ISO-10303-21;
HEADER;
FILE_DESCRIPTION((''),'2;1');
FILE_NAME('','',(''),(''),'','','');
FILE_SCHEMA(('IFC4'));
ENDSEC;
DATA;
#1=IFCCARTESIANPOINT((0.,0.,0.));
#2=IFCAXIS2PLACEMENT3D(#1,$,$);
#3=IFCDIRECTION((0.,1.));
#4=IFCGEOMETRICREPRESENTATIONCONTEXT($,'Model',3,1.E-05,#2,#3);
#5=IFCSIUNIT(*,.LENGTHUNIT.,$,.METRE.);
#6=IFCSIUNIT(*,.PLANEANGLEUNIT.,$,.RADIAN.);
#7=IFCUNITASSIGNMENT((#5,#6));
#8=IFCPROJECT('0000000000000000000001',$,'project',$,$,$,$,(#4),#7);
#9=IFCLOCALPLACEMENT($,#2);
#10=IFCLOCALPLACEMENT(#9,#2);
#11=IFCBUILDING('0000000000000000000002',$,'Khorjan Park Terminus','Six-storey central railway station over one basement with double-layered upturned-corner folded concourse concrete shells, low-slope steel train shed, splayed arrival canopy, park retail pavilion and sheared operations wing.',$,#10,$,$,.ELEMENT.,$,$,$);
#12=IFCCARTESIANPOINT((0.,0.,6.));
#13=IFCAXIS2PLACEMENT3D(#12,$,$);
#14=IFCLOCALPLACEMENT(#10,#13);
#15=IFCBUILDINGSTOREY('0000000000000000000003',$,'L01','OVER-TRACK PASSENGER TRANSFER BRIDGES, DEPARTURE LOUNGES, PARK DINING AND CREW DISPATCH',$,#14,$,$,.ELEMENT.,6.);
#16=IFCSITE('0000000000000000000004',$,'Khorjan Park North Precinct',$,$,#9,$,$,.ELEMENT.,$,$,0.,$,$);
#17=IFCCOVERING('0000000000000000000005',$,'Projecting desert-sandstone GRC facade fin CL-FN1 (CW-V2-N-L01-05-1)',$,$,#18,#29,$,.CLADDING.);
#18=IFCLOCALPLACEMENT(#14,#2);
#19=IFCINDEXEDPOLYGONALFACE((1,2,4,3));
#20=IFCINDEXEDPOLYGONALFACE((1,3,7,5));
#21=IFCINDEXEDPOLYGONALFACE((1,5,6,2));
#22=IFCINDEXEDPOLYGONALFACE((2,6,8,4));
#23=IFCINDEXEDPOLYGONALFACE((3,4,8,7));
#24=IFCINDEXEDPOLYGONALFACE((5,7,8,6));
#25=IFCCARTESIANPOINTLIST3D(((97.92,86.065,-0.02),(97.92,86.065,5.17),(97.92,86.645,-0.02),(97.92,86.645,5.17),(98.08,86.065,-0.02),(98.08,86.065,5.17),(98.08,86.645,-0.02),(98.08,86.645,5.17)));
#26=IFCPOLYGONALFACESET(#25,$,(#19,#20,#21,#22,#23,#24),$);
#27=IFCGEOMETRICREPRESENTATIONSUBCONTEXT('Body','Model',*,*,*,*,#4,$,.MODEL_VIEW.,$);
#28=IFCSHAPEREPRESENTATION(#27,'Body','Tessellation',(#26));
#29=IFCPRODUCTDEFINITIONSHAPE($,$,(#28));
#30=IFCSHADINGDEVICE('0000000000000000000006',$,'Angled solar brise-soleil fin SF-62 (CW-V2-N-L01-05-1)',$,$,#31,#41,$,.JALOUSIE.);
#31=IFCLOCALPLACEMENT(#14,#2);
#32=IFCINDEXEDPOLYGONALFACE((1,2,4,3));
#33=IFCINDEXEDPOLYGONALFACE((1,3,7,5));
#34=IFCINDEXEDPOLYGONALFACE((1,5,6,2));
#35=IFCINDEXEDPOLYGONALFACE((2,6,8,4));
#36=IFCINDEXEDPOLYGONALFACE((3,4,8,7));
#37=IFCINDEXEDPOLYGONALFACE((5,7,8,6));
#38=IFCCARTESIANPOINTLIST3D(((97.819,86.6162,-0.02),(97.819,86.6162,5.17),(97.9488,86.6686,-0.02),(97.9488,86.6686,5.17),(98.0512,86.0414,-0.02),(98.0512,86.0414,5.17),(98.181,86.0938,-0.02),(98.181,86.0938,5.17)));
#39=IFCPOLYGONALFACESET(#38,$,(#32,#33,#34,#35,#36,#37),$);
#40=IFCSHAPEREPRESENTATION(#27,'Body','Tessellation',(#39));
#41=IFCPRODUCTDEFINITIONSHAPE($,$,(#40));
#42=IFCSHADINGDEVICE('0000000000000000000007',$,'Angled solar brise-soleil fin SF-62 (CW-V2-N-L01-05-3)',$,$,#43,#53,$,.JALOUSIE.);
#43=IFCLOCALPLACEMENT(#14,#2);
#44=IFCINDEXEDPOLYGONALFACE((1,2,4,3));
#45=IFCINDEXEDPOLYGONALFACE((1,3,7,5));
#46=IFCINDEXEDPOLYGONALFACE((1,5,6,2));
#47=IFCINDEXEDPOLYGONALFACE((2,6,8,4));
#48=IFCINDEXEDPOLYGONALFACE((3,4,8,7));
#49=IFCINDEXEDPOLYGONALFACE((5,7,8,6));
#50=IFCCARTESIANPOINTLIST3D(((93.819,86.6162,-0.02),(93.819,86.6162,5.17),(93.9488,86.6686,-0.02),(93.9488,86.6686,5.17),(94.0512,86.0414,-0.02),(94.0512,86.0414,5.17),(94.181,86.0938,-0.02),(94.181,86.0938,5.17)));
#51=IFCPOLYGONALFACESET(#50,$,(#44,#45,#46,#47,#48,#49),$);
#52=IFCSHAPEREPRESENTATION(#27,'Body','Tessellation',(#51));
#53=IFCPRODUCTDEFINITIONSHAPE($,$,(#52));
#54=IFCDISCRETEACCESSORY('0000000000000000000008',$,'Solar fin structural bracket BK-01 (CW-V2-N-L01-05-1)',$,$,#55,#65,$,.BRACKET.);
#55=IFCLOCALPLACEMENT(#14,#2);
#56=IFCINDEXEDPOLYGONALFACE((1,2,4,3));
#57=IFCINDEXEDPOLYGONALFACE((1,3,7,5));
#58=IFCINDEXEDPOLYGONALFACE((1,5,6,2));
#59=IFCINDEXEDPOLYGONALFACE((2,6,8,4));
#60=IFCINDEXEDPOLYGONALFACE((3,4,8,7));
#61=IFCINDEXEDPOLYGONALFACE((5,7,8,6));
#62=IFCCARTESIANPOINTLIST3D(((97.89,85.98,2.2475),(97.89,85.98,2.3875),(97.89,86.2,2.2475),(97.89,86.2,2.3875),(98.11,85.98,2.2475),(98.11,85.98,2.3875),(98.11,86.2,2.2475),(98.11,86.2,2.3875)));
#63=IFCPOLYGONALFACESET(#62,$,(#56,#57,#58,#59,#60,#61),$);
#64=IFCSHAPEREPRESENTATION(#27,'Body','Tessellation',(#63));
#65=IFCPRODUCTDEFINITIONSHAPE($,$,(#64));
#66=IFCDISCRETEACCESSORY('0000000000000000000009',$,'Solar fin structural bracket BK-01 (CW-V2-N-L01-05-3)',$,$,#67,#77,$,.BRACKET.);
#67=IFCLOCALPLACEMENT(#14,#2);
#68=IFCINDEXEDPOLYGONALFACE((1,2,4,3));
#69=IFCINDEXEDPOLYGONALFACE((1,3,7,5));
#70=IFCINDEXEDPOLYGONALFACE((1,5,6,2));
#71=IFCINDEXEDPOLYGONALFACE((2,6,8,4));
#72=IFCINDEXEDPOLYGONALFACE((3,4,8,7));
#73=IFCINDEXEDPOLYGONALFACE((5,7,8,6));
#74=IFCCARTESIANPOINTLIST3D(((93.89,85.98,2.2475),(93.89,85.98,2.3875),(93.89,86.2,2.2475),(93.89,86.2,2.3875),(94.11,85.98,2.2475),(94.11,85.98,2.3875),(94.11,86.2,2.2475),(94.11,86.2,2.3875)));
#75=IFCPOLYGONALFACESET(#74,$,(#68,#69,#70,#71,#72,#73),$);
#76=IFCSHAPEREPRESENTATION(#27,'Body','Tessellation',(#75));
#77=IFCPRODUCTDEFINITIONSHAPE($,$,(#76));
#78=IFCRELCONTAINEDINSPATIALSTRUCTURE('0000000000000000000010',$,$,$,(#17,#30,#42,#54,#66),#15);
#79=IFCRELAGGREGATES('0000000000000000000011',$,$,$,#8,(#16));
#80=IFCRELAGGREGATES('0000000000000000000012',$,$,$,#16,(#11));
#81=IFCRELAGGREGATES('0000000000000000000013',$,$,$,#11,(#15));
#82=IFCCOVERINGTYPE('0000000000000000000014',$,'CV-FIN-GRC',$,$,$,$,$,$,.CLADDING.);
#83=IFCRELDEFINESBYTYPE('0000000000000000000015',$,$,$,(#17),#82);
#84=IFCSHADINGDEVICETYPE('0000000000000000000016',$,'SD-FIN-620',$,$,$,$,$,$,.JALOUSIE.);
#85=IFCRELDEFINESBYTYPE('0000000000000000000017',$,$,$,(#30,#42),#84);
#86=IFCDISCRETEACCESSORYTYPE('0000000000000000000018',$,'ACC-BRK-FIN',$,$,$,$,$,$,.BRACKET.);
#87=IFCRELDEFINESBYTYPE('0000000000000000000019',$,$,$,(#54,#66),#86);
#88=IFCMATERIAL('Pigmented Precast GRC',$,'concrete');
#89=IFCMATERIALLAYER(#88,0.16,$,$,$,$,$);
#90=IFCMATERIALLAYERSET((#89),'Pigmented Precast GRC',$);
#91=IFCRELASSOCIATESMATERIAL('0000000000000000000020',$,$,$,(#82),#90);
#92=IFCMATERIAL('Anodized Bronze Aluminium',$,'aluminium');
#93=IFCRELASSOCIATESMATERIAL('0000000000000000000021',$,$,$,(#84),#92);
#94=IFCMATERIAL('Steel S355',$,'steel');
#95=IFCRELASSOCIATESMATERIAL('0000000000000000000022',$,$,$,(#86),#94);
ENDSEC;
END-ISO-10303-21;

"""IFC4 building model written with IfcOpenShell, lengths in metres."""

from ifc_helpers import new_model, si_unit, direction, frame, origin, origin_2d, place, context, subcontext, project, spatial, rectangle, extrude, material, layer, layer_set, type_object, element, save


model = new_model("IFC4")

# Units and contexts
model_context = context("Model", 3, precision=1e-05, world=origin(), true_north=direction((0.0, 1.0)))
body_context = subcontext(model_context, "Body", "Model", "MODEL_VIEW")
ifc_project = project(units=[si_unit("LENGTHUNIT", "METRE"), si_unit("PLANEANGLEUNIT", "RADIAN")], contexts=[model_context])

# Site, building, storey
site_placement = place(None, origin())
site = spatial("IfcSite", under=ifc_project, at=site_placement, Name="Khorjan Park North Precinct", CompositionType="ELEMENT", RefElevation=0.0)
building_placement = place(site_placement, origin())
building = spatial("IfcBuilding", under=site, at=building_placement, Name="Khorjan Park Terminus", Description="Six-storey central railway station over one basement with double-layered upturned-corner folded concourse concrete shells, low-slope steel train shed, splayed arrival canopy, park retail pavilion and sheared operations wing.", CompositionType="ELEMENT")
storey_placement = place(building_placement, frame((0.0, 0.0, 6.0)))
storey = spatial("IfcBuildingStorey", under=building, at=storey_placement, Name="L01", Description="OVER-TRACK PASSENGER TRANSFER BRIDGES, DEPARTURE LOUNGES, PARK DINING AND CREW DISPATCH", CompositionType="ELEMENT", Elevation=6.0)

# Shared definitions
ifc_material_1 = material(Name="Steel S355", Category="steel")

# Shared definitions
ifc_material_2 = material(Name="Anodized Bronze Aluminium", Category="aluminium")

# Covering
ifc_material_3 = material(Name="Pigmented Precast GRC", Category="concrete")
ifc_layer_1 = layer(ifc_material_3, 0.16)
ifc_layer_set_1 = layer_set([ifc_layer_1], Name="Pigmented Precast GRC")
covering_type = type_object("IfcCoveringType", Name="CV-FIN-GRC", PredefinedType="CLADDING", material=ifc_layer_set_1)
covering_placement = place(storey_placement, frame((98.0, 86.355, -0.02), z_axis=(0.0, 0.0, 1.0), x_axis=(0.0, -1.0, 0.0)))
element("IfcCovering", 1, at=covering_placement, inside=storey, type_object=covering_type, Name="Projecting desert-sandstone GRC facade fin CL-FN1 (CW-V2-N-L01-05-1)", PredefinedType="CLADDING", context=body_context, shape_type="SweptSolid", body=[
    extrude(rectangle(XDim=0.58, YDim=0.16, at=origin_2d()), origin(), (0.0, 0.0, 1.0), 5.19),
])

# Shading devices
shading_device_type = type_object("IfcShadingDeviceType", Name="SD-FIN-620", PredefinedType="JALOUSIE", material=ifc_material_2)
for number, where, z_axis, x_axis, name in (
    (2, (98.0, 86.355, -0.02), (0.0, 0.0, 1.0), (0.374607, -0.927184, 0.0), "Angled solar brise-soleil fin SF-62 (CW-V2-N-L01-05-1)"),
    (3, (94.0, 86.355, -0.02), (0.0, 0.0, 1.0), (0.374607, -0.927184, 0.0), "Angled solar brise-soleil fin SF-62 (CW-V2-N-L01-05-3)"),
):
    element("IfcShadingDevice", number, at=place(storey_placement, frame(where, z_axis=z_axis, x_axis=x_axis)), inside=storey, type_object=shading_device_type, Name=name, PredefinedType="JALOUSIE", context=body_context, shape_type="SweptSolid", body=[
        extrude(rectangle(XDim=0.62, YDim=0.14, at=origin_2d()), origin(), (0.0, 0.0, 1.0), 5.19),
    ])

# Discrete accessories
discrete_accessory_type = type_object("IfcDiscreteAccessoryType", Name="ACC-BRK-FIN", PredefinedType="BRACKET", material=ifc_material_1)
for number, where, z_axis, x_axis, name in (
    (4, (98.0, 86.09, 2.2475), (0.0, 0.0, 1.0), (-1.0, 0.0, 0.0), "Solar fin structural bracket BK-01 (CW-V2-N-L01-05-1)"),
    (5, (94.0, 86.09, 2.2475), (0.0, 0.0, 1.0), (-1.0, 0.0, 0.0), "Solar fin structural bracket BK-01 (CW-V2-N-L01-05-3)"),
):
    element("IfcDiscreteAccessory", number, at=place(storey_placement, frame(where, z_axis=z_axis, x_axis=x_axis)), inside=storey, type_object=discrete_accessory_type, Name=name, PredefinedType="BRACKET", context=body_context, shape_type="SweptSolid", body=[
        extrude(rectangle(XDim=0.22, YDim=0.22, at=origin_2d()), origin(), (0.0, 0.0, 1.0), 0.14),
    ])

save(model, "model.ifc")
